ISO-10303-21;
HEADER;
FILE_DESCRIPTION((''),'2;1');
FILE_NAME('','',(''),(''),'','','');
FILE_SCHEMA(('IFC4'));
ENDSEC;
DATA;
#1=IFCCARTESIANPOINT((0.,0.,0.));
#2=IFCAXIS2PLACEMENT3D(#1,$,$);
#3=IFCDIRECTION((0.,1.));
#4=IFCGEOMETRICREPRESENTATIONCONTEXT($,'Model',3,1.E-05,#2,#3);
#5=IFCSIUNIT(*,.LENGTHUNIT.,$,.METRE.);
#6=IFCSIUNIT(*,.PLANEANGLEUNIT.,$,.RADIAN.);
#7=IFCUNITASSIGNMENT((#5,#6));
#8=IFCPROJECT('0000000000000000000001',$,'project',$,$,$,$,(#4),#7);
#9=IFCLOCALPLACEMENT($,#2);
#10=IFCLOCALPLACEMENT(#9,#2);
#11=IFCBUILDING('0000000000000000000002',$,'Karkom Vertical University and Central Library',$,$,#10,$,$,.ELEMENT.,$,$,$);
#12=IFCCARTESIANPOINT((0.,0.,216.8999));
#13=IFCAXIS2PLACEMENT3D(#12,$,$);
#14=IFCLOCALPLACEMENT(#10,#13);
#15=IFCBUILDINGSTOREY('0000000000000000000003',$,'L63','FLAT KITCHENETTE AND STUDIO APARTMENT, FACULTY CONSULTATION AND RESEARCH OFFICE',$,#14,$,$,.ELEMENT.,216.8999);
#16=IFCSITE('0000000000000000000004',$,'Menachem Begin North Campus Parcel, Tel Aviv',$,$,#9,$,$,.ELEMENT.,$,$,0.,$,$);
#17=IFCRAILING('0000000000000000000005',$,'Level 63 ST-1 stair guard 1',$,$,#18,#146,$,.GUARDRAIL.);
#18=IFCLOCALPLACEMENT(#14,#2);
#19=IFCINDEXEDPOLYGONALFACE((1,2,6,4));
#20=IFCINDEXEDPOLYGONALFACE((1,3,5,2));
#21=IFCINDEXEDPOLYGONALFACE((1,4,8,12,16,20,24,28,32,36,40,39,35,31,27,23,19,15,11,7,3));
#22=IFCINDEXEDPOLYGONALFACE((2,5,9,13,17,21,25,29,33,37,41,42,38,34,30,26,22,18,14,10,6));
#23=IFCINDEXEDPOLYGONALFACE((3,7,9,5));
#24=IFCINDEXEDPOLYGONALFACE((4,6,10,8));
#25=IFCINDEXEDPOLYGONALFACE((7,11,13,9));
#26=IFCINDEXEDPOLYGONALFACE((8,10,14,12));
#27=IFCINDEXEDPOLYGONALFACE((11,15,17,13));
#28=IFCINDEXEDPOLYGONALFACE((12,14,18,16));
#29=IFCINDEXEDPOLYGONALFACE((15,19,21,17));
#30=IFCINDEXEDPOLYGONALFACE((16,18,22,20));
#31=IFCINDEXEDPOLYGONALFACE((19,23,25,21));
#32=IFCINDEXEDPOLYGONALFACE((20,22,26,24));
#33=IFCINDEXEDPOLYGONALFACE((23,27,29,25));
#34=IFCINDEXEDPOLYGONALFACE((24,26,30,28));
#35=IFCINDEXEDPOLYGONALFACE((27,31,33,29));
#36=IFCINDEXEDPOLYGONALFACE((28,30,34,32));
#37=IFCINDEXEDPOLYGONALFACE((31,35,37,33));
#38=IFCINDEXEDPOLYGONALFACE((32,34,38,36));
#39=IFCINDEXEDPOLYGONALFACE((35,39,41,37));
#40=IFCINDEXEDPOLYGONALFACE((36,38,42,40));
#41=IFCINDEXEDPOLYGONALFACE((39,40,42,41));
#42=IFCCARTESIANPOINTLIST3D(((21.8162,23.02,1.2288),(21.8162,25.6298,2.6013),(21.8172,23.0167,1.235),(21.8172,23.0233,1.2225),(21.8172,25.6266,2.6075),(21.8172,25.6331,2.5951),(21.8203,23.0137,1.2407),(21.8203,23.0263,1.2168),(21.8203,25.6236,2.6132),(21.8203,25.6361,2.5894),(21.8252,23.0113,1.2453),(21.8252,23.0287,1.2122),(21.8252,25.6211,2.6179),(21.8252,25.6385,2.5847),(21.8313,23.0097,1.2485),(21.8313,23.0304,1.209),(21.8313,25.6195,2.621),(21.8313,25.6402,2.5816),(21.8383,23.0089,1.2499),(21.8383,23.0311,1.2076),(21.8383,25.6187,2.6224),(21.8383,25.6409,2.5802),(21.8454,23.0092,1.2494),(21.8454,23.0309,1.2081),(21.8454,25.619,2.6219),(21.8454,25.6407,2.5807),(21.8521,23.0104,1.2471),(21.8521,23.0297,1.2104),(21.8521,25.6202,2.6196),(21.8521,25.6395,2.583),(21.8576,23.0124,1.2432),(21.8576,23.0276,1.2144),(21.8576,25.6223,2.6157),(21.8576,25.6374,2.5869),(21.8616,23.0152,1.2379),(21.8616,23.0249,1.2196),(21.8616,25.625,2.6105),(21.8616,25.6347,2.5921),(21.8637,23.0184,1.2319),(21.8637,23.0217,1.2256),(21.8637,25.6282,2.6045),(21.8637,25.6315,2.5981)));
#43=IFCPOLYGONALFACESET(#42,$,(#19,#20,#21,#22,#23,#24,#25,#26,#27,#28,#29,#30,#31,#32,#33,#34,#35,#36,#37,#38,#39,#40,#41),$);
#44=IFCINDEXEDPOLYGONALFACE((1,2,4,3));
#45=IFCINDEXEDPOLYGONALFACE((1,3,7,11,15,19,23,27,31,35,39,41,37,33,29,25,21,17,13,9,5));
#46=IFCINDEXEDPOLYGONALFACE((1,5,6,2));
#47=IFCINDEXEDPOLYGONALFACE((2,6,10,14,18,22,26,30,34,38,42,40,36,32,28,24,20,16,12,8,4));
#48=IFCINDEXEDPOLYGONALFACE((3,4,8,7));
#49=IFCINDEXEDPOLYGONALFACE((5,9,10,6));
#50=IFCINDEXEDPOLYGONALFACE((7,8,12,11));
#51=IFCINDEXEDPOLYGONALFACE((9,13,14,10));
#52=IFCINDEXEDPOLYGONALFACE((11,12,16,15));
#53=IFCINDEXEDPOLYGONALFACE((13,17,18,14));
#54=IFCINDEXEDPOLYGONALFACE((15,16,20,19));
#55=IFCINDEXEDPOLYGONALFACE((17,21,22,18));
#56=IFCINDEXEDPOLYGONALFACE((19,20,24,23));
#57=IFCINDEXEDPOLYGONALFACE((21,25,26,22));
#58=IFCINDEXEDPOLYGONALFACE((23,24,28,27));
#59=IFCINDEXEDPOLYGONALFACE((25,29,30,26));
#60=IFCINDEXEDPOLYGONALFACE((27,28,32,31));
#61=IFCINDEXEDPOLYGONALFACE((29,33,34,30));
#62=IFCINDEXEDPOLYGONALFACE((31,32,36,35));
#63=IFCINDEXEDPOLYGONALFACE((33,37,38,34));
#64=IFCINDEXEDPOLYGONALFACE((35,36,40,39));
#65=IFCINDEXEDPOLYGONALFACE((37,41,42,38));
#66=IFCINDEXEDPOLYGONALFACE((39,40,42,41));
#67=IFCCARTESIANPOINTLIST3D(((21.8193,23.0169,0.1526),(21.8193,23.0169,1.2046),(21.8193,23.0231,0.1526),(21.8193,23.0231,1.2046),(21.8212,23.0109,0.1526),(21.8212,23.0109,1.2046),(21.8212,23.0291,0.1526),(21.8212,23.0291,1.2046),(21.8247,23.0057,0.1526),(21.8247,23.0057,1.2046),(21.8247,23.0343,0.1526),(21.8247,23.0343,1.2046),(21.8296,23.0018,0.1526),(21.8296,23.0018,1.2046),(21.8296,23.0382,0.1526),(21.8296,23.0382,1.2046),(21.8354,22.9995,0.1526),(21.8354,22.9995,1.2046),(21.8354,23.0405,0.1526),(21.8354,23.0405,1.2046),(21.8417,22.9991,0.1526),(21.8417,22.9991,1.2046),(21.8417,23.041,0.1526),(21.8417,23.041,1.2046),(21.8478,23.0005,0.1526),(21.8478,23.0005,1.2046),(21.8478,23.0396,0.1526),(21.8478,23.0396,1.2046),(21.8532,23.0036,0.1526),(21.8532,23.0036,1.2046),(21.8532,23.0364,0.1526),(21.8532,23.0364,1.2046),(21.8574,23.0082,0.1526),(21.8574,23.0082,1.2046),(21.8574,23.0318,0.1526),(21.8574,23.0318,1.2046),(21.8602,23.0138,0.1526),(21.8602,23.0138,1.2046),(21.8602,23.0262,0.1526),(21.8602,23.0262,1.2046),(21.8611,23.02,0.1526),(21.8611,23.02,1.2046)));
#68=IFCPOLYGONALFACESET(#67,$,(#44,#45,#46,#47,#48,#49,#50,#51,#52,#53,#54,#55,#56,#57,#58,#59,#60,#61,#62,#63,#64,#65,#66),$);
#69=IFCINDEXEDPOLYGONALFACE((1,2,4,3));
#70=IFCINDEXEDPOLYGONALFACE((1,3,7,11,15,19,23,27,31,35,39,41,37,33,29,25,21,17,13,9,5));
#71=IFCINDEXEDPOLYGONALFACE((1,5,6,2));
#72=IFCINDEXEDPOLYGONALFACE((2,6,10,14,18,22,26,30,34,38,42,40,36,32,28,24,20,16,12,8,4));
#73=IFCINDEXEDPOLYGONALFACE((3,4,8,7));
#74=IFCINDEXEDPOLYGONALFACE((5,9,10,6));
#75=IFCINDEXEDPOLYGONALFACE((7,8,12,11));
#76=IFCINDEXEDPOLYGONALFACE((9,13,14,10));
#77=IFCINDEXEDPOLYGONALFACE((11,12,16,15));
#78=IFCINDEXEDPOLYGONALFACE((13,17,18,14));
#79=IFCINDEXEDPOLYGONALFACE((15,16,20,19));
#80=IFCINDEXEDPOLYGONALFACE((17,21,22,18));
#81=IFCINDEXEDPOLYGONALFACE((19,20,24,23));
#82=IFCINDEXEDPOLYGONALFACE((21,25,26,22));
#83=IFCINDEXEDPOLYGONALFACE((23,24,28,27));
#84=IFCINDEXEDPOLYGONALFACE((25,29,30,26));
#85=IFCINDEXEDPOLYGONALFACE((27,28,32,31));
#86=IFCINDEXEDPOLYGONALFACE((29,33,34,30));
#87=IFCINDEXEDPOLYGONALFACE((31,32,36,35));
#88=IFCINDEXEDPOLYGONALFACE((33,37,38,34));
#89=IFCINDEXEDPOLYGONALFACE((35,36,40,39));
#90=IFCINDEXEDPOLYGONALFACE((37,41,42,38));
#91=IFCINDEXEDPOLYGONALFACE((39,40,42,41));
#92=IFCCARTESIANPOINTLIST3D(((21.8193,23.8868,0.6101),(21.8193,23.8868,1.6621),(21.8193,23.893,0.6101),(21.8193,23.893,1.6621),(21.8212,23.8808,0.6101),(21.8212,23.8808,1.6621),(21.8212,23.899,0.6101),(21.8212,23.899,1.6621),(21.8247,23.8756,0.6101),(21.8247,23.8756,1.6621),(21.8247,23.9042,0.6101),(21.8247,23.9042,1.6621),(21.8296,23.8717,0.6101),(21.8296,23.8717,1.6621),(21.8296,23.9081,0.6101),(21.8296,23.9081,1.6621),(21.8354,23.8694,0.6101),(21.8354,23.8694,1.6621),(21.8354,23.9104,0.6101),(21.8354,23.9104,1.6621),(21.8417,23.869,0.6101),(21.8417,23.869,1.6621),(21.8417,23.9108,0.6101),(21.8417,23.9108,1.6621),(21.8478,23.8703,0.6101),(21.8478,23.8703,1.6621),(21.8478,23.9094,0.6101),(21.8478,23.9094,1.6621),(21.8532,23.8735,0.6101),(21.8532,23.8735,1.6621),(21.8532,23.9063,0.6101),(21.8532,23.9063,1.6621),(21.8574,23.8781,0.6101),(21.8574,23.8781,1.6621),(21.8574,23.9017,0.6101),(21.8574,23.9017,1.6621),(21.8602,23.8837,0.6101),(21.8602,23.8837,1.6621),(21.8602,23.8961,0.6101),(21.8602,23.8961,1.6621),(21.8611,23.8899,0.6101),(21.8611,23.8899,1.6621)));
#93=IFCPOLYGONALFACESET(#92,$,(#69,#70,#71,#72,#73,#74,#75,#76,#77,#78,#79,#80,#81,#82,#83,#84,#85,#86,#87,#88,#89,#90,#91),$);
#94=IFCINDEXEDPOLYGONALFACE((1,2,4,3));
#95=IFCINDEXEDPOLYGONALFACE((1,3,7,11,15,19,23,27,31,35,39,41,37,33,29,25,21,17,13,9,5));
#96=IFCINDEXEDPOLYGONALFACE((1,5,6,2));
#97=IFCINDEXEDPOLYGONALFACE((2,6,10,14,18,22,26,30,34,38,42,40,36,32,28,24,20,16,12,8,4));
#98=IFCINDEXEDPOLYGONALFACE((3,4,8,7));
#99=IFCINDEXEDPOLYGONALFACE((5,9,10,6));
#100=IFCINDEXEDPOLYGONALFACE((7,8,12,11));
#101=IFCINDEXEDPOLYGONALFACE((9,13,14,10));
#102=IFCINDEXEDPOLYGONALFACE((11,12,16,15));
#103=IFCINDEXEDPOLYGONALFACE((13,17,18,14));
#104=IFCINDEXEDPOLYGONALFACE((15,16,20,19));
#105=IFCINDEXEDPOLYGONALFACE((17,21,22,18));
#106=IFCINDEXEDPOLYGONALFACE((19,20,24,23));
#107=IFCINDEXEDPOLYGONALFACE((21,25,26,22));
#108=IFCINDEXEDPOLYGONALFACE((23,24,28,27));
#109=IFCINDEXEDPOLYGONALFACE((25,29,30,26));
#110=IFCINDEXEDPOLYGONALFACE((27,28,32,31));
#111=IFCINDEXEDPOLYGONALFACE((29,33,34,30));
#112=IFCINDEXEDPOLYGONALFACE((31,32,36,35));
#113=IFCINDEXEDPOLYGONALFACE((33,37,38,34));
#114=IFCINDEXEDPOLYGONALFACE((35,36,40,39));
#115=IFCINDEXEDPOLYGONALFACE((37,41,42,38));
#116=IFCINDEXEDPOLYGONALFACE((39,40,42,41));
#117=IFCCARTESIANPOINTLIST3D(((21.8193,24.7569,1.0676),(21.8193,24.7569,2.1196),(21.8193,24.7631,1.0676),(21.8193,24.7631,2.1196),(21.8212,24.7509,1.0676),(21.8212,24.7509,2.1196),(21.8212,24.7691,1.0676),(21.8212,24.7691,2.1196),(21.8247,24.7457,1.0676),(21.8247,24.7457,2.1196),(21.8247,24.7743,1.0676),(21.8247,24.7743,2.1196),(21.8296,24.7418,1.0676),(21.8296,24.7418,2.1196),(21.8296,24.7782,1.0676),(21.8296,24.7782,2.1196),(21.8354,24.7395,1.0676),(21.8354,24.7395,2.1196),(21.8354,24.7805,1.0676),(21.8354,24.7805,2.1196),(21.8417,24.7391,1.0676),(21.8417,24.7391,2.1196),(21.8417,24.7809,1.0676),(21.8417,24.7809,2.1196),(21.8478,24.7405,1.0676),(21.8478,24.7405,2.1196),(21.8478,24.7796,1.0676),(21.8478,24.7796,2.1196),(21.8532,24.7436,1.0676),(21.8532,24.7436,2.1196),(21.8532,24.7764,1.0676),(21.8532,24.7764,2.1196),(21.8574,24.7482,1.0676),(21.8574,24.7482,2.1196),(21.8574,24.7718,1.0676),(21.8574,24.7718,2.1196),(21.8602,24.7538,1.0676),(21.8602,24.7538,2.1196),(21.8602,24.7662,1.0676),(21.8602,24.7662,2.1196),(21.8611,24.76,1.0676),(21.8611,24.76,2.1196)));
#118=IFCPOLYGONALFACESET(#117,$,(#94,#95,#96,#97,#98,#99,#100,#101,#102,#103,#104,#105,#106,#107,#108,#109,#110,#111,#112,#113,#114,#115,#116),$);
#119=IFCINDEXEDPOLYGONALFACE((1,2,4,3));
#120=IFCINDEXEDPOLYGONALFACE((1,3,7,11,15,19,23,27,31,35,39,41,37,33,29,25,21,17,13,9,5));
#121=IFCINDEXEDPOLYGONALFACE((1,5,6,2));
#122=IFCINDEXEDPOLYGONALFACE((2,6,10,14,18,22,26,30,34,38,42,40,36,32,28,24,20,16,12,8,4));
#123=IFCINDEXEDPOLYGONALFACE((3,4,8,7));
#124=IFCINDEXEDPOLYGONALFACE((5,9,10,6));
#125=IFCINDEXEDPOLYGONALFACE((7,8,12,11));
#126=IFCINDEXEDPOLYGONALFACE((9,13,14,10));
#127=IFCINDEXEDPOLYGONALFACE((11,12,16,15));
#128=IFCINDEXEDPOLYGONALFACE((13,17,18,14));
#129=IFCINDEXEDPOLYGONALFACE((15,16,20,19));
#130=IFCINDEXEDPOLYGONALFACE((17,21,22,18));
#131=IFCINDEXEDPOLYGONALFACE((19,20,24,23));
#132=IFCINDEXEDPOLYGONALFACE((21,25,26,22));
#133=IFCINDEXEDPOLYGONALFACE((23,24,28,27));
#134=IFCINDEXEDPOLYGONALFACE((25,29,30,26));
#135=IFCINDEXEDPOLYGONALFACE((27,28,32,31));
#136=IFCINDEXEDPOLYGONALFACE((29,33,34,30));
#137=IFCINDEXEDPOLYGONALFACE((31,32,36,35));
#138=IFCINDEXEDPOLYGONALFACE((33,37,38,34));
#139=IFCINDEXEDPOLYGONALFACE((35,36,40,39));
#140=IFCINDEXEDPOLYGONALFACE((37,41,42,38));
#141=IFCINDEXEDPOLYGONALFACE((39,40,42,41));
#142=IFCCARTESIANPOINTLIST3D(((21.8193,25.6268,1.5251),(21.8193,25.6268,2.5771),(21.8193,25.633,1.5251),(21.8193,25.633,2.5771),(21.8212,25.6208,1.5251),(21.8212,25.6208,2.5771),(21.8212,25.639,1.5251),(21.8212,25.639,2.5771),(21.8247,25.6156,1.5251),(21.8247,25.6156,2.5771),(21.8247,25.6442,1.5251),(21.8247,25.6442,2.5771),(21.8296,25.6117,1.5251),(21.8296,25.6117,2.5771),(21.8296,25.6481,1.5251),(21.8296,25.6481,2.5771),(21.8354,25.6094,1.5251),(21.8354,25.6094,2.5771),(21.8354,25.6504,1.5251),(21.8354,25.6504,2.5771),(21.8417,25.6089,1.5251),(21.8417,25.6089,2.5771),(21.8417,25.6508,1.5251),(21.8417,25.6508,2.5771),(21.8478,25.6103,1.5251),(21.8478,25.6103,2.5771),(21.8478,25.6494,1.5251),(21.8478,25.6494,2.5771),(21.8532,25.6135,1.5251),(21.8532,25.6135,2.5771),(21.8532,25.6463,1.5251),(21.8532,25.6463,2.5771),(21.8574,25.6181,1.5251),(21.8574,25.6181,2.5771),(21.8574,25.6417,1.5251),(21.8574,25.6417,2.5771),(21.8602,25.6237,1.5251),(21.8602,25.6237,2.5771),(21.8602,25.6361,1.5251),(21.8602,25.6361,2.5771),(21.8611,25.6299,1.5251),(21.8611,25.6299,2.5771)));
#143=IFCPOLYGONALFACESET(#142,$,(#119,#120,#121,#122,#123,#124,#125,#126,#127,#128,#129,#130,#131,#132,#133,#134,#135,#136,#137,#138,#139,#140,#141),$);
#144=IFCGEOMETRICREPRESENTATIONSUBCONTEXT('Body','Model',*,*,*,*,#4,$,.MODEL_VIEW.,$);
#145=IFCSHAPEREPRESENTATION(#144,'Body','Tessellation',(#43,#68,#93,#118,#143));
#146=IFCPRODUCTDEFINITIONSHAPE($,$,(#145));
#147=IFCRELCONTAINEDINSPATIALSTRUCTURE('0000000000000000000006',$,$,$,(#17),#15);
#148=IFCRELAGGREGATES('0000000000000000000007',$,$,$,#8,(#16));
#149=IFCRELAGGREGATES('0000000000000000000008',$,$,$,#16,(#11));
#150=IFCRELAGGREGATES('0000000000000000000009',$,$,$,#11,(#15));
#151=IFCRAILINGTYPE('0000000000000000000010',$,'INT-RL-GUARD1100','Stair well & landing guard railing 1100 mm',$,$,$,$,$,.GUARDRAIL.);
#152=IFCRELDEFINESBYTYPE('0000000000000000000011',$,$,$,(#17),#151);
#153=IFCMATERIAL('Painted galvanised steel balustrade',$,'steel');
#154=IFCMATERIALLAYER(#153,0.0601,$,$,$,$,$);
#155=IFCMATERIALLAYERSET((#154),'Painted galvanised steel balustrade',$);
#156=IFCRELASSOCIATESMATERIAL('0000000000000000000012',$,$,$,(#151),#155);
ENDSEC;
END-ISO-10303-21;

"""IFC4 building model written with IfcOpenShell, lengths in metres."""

from ifc_helpers import new_model, si_unit, direction, frame, origin, origin_2d, place, context, subcontext, project, spatial, circle, extrude, material, layer, layer_set, type_object, element, save


model = new_model("IFC4")

# Units and contexts
model_context = context("Model", 3, precision=1e-05, world=origin(), true_north=direction((0.0, 1.0)))
body_context = subcontext(model_context, "Body", "Model", "MODEL_VIEW")
ifc_project = project(units=[si_unit("LENGTHUNIT", "METRE"), si_unit("PLANEANGLEUNIT", "RADIAN")], contexts=[model_context])

# Site, building, storey
site_placement = place(None, origin())
site = spatial("IfcSite", under=ifc_project, at=site_placement, Name="Menachem Begin North Campus Parcel, Tel Aviv", CompositionType="ELEMENT", RefElevation=0.0)
building_placement = place(site_placement, origin())
building = spatial("IfcBuilding", under=site, at=building_placement, Name="Karkom Vertical University and Central Library", CompositionType="ELEMENT")
storey_placement = place(building_placement, frame((0.0, 0.0, 216.8999)))
storey = spatial("IfcBuildingStorey", under=building, at=storey_placement, Name="L63", Description="FLAT KITCHENETTE AND STUDIO APARTMENT, FACULTY CONSULTATION AND RESEARCH OFFICE", CompositionType="ELEMENT", Elevation=216.8999)

# Railing
ifc_material_1 = material(Name="Painted galvanised steel balustrade", Category="steel")
ifc_layer_1 = layer(ifc_material_1, 0.0601)
ifc_layer_set_1 = layer_set([ifc_layer_1], Name="Painted galvanised steel balustrade")
railing_type_1 = type_object("IfcRailingType", Name="INT-RL-GUARD1100", Description="Stair well & landing guard railing 1100 mm", PredefinedType="GUARDRAIL", material=ifc_layer_set_1)
railing_1_placement = place(storey_placement, frame((21.8401, 23.02, 0.1526)))
element("IfcRailing", 1, at=railing_1_placement, inside=storey, type_object=railing_type_1, Name="Level 63 ST-1 stair guard 1", PredefinedType="GUARDRAIL", context=body_context, shape_type="SweptSolid", body=[
    extrude(circle(Radius=0.0239, at=origin_2d()), frame((0.0, 0.0, 1.0762), z_axis=(0.0, 0.885065, 0.465467), x_axis=(-1.0, 0.0, 0.0)), (0.0, 0.0, 1.0), 2.9487),
    extrude(circle(Radius=0.021, at=origin_2d()), origin(), (0.0, 0.0, 1.0), 1.052),
    extrude(circle(Radius=0.021, at=origin_2d()), frame((0.0, 0.8699, 0.4575)), (0.0, 0.0, 1.0), 1.052),
    extrude(circle(Radius=0.021, at=origin_2d()), frame((0.0, 1.74, 0.915)), (0.0, 0.0, 1.0), 1.052),
    extrude(circle(Radius=0.021, at=origin_2d()), frame((0.0, 2.6099, 1.3726)), (0.0, 0.0, 1.0), 1.052),
])

save(model, "model.ifc")
